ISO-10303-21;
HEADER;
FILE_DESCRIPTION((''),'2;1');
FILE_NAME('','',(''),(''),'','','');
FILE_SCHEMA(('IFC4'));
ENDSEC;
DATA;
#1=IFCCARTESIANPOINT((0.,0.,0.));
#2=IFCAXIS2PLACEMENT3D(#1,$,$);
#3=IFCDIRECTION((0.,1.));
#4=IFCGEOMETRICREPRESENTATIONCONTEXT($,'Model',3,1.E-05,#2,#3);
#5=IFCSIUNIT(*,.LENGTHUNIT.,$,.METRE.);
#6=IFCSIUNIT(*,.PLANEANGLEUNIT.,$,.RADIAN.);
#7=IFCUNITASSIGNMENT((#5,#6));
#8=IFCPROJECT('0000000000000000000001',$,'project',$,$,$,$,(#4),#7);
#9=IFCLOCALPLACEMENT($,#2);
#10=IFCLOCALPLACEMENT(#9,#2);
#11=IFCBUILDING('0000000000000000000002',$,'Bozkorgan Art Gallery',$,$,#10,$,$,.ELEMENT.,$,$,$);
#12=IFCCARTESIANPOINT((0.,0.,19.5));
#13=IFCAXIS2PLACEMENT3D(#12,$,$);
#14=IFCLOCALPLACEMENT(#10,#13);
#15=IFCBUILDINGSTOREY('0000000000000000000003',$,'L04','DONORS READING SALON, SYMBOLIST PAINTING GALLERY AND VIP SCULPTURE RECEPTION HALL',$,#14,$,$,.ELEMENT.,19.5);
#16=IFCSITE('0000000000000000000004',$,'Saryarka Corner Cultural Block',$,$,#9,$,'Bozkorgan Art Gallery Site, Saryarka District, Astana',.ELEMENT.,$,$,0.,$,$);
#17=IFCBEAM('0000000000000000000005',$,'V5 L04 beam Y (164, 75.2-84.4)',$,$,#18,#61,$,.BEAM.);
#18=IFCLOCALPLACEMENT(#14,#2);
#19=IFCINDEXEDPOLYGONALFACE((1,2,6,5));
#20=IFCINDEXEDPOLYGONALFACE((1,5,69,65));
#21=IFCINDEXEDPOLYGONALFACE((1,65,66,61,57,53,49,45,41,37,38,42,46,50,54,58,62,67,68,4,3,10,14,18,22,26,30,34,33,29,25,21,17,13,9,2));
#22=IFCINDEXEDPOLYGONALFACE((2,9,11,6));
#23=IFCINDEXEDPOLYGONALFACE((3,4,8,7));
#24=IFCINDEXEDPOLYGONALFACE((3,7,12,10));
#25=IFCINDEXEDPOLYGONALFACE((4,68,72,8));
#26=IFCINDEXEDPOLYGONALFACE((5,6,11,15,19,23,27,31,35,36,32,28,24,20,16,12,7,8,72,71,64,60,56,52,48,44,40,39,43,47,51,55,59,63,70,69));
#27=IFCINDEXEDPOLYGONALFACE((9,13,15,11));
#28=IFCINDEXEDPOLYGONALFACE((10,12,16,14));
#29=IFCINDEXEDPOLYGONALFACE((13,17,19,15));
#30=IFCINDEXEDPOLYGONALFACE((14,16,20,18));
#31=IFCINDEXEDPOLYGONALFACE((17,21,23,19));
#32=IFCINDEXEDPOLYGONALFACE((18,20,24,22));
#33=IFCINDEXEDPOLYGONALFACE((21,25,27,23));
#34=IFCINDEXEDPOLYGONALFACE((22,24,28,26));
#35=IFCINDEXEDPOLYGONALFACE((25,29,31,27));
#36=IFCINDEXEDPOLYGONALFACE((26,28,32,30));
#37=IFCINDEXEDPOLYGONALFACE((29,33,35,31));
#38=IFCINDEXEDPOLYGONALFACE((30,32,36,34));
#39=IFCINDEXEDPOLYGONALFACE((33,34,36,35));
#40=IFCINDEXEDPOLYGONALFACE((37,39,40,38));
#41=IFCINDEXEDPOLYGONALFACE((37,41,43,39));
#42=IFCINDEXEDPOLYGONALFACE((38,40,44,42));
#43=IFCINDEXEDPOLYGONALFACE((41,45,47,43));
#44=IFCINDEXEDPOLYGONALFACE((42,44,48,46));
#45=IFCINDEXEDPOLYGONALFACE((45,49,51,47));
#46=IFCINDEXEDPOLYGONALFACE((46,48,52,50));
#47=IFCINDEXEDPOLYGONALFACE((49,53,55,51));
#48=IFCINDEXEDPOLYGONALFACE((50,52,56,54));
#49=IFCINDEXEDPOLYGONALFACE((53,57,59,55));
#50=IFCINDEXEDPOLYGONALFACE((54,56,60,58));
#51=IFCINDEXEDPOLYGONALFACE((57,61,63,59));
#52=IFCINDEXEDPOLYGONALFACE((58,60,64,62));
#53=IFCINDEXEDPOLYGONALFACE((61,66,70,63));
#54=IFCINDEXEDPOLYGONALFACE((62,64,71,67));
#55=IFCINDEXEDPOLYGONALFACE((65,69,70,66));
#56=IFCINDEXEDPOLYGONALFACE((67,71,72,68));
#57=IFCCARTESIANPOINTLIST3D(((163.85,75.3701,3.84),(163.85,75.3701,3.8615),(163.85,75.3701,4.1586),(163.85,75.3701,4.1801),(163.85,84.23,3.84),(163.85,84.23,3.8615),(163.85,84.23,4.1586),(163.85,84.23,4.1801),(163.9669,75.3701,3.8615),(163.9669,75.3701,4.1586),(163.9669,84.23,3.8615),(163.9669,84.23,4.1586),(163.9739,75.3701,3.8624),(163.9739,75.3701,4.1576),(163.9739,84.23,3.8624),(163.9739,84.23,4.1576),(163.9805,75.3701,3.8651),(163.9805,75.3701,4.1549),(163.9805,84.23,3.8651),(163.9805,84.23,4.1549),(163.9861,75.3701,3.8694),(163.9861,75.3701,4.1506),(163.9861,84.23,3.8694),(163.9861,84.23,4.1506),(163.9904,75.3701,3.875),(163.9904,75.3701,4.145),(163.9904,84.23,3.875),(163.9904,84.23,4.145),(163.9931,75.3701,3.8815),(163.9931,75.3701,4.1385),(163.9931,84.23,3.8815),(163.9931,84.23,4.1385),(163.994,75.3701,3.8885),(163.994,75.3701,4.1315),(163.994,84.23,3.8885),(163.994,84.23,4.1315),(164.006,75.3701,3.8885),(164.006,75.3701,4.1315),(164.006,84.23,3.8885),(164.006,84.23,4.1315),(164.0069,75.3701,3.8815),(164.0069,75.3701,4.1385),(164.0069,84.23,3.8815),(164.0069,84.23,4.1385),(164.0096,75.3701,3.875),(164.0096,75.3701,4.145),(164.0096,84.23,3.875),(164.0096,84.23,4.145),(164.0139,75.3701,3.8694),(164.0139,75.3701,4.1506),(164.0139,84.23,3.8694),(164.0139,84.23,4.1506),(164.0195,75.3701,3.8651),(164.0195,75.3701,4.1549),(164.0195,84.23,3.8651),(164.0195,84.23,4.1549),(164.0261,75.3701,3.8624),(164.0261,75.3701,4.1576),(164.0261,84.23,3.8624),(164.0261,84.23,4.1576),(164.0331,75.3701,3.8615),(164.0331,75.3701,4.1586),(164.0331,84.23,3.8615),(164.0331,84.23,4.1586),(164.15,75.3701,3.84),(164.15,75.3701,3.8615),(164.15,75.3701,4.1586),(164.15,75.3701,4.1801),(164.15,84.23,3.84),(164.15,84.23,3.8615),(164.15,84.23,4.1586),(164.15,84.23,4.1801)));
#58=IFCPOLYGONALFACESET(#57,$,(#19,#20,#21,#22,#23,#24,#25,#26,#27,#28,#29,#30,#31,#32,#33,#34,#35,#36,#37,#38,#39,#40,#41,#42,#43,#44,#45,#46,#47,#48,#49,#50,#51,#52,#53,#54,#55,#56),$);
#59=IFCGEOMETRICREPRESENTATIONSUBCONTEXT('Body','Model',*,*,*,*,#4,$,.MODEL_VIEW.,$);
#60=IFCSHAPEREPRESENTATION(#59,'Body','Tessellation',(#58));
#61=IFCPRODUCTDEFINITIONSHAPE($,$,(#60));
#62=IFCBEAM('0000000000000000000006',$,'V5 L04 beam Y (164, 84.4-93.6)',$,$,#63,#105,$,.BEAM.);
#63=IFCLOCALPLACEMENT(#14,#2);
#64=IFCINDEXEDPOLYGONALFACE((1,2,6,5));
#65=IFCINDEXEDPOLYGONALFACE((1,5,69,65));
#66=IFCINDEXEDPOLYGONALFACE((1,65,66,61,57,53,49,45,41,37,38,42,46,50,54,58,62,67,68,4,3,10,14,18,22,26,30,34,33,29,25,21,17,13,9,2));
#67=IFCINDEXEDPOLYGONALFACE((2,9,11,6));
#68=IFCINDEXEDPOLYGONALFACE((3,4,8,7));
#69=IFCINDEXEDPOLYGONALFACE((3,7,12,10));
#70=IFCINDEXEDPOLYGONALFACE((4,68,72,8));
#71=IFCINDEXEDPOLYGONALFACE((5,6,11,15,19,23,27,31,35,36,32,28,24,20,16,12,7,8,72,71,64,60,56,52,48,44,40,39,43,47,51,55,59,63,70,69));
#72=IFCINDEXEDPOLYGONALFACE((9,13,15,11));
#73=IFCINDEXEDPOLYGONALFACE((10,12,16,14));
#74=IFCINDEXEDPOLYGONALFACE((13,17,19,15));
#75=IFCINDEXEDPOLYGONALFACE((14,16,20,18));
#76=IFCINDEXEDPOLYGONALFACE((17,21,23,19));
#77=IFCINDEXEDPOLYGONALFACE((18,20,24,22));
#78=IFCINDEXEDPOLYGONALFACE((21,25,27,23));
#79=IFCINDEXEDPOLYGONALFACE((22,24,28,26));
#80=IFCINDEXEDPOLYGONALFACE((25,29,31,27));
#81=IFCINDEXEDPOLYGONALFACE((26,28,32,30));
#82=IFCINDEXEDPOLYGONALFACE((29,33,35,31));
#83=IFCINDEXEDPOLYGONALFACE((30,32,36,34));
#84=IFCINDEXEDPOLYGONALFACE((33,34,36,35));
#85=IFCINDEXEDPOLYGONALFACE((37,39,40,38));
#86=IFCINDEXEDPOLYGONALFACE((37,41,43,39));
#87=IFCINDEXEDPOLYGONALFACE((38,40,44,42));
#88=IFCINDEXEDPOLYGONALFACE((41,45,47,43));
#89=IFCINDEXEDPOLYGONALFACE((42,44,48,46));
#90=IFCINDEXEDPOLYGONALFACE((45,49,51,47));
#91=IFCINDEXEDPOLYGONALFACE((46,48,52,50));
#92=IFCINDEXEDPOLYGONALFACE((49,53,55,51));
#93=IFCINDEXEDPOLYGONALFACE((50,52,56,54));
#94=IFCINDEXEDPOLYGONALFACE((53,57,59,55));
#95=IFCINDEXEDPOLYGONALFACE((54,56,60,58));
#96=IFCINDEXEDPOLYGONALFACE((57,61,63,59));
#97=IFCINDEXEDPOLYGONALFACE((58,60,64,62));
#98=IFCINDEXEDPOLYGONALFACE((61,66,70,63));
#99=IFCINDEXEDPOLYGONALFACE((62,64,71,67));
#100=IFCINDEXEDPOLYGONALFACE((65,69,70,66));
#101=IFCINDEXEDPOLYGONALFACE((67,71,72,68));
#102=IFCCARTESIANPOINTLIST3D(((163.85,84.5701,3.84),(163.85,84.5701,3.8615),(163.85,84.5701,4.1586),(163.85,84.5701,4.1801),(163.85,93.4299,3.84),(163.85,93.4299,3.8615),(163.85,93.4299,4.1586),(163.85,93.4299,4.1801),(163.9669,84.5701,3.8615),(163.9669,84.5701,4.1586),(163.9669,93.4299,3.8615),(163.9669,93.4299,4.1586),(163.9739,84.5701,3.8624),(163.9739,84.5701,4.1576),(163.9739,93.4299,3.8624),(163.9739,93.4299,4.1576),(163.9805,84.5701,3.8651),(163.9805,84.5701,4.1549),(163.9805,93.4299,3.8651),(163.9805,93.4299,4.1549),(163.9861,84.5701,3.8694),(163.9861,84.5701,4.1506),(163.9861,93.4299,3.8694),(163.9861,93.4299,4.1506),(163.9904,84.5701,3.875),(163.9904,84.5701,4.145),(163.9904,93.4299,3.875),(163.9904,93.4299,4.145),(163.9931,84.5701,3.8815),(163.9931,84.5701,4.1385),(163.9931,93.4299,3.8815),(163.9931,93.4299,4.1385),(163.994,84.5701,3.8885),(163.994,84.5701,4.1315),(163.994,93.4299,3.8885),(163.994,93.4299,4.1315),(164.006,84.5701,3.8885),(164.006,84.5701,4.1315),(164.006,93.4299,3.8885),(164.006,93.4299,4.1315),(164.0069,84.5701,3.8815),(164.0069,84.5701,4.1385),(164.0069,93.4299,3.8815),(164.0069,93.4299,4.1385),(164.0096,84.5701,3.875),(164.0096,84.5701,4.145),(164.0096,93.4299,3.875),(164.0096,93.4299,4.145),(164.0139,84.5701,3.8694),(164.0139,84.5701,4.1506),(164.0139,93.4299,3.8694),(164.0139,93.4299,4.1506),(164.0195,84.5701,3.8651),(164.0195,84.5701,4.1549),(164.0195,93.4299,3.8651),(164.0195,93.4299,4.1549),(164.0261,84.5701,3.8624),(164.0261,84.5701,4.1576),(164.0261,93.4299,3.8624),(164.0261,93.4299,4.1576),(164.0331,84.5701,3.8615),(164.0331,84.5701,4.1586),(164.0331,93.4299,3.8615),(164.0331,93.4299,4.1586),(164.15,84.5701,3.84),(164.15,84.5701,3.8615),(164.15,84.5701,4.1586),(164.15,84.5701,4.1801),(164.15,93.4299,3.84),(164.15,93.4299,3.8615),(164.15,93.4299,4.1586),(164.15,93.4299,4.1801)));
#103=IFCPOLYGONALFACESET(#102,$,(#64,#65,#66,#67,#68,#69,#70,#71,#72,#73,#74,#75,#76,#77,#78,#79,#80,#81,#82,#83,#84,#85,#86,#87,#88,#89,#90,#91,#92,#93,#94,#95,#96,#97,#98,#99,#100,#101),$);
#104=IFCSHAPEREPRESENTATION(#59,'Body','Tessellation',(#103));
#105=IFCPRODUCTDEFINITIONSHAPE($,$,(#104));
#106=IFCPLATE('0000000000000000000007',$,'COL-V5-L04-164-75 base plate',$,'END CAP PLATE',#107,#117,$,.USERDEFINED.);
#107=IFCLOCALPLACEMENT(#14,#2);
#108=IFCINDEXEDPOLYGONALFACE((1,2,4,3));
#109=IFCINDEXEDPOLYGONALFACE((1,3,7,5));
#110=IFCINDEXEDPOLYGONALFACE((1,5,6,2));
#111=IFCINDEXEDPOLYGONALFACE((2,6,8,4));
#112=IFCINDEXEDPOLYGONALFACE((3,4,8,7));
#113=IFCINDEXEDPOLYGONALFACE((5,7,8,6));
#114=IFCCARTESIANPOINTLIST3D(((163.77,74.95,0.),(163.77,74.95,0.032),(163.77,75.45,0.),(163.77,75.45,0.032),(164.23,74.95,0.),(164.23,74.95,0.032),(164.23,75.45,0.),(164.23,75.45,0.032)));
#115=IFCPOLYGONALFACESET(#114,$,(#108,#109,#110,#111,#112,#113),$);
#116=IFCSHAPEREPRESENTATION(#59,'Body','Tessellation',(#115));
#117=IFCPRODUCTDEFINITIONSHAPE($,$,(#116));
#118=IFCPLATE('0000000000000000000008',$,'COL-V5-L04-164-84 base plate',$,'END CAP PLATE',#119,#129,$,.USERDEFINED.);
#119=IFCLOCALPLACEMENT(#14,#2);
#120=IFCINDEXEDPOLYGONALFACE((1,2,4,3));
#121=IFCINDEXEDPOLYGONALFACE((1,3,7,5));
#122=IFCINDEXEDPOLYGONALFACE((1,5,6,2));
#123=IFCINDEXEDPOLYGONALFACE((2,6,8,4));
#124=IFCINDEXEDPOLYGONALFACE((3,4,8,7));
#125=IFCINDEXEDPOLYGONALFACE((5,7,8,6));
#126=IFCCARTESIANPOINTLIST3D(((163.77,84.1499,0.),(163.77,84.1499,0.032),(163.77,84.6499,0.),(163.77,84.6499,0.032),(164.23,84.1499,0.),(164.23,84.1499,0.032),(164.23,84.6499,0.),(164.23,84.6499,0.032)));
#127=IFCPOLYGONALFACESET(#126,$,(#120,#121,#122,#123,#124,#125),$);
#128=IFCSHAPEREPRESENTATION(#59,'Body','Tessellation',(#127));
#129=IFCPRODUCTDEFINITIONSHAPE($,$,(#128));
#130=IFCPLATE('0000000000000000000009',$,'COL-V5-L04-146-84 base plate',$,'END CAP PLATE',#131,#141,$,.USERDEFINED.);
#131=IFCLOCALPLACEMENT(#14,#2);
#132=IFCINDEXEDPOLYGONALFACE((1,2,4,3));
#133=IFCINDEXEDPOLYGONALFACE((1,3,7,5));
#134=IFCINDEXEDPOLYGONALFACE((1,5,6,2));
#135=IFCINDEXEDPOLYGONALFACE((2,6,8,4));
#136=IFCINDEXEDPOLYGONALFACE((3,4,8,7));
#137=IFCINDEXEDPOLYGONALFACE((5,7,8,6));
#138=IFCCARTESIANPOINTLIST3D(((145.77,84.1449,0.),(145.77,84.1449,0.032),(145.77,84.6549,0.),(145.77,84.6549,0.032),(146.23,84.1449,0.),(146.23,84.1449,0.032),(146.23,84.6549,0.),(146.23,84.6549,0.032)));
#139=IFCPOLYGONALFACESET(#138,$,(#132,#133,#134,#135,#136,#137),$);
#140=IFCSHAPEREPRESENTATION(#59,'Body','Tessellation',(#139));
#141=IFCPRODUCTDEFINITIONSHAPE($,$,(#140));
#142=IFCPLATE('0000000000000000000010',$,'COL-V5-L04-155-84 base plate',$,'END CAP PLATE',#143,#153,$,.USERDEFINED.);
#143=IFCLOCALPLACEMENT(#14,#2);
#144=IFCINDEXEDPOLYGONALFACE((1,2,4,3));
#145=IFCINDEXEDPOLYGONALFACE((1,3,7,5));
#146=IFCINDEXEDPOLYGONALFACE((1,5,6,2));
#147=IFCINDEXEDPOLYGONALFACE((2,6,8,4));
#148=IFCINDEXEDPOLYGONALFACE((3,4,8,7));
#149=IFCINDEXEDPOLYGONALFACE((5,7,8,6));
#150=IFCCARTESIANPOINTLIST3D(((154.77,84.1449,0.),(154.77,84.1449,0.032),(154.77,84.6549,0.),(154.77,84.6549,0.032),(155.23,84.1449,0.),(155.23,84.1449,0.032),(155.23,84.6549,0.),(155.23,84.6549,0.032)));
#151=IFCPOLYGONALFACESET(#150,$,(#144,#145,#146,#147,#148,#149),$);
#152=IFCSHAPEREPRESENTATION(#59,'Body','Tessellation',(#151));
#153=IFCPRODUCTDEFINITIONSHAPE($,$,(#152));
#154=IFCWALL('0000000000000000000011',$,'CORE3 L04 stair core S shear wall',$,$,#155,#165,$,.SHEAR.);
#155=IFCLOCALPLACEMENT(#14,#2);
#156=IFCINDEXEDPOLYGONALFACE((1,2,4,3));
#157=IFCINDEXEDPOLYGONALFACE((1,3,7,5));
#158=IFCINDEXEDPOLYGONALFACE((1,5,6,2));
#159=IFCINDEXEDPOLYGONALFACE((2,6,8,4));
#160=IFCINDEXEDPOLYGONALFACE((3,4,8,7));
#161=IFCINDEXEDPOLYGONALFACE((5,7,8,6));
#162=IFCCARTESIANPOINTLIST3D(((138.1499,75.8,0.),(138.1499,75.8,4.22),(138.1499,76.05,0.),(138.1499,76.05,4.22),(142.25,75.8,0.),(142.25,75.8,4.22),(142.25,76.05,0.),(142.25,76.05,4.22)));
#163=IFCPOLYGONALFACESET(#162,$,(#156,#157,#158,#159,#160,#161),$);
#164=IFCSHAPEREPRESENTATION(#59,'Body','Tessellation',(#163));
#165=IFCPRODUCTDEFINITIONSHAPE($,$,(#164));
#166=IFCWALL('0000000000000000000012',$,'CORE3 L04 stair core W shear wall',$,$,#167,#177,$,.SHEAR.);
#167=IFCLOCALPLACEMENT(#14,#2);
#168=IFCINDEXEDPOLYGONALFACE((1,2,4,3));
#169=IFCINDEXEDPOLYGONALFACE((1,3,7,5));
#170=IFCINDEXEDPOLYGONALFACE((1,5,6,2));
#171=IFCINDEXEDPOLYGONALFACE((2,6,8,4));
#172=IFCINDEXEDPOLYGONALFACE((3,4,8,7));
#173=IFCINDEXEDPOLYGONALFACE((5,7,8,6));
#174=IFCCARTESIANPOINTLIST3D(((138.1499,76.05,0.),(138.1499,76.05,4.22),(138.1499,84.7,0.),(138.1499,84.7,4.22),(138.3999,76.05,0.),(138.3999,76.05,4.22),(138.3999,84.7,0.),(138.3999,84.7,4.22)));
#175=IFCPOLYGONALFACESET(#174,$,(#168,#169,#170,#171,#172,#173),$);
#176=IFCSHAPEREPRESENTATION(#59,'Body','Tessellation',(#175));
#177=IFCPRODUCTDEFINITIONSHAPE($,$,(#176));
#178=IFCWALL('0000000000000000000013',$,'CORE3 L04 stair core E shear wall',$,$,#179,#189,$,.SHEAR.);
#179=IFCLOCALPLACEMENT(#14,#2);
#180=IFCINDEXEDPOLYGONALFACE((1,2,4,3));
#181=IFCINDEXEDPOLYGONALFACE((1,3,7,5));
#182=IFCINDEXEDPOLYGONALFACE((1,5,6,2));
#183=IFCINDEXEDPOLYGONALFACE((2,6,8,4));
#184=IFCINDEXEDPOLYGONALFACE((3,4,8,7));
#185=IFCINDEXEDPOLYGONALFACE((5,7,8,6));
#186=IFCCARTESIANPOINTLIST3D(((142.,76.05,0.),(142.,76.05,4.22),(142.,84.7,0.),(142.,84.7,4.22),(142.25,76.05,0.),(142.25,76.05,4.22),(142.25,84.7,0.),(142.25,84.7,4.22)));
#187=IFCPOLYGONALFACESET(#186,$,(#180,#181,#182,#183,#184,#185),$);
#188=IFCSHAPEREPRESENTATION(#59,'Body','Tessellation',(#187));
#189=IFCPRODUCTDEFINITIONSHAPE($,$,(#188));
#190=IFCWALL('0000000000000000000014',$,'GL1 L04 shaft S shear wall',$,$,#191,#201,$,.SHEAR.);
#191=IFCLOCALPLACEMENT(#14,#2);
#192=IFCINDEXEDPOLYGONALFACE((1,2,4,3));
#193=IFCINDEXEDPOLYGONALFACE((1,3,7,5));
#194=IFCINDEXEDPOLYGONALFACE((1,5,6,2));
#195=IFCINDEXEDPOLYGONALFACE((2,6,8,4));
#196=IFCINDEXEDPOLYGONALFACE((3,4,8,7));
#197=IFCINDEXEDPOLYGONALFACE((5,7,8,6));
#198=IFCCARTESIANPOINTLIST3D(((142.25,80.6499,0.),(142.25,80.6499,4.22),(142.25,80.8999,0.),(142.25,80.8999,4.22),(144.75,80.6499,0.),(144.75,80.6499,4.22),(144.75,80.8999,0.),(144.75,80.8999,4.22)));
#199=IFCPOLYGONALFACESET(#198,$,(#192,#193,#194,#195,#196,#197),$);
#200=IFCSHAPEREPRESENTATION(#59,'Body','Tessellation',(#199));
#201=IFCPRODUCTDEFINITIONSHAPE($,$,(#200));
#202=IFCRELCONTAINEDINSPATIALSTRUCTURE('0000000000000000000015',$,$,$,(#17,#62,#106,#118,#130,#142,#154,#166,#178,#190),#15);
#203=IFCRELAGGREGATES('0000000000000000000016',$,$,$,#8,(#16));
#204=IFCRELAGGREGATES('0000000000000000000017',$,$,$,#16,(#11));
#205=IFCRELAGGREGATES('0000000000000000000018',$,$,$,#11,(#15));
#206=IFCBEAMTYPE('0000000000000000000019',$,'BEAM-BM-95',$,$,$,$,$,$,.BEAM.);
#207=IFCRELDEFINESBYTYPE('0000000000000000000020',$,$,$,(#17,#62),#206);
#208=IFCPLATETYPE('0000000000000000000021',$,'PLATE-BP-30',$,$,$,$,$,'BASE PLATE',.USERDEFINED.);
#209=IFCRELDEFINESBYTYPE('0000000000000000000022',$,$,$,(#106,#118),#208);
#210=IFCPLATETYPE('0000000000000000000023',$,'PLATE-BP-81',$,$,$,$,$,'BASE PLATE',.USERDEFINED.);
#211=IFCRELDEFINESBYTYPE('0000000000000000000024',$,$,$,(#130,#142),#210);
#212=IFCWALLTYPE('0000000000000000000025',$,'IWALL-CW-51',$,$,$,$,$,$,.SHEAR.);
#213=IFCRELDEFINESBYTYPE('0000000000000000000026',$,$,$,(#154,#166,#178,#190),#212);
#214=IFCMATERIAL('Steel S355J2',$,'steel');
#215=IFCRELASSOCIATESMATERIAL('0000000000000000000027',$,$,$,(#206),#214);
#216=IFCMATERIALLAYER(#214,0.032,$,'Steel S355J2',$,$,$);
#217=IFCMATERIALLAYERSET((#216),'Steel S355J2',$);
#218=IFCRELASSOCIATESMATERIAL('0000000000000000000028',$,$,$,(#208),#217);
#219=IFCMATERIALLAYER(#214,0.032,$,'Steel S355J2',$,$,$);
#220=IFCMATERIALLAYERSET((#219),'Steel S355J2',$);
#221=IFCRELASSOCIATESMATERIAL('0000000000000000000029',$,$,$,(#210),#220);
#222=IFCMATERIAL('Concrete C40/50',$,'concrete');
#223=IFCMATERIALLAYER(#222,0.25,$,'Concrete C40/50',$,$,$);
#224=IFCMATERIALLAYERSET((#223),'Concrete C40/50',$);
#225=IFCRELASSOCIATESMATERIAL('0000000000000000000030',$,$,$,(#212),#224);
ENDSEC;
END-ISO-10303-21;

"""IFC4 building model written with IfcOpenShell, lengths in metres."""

from ifc_helpers import new_model, si_unit, direction, frame, frame_2d, origin, origin_2d, place, context, subcontext, project, spatial, rectangle, i_section, extrude, material, layer, layer_set, material_profile, profile_set, type_object, element, save


model = new_model("IFC4")

# Units and contexts
model_context = context("Model", 3, precision=1e-05, world=origin(), true_north=direction((0.0, 1.0)))
body_context = subcontext(model_context, "Body", "Model", "MODEL_VIEW")
ifc_project = project(units=[si_unit("LENGTHUNIT", "METRE"), si_unit("PLANEANGLEUNIT", "RADIAN")], contexts=[model_context])

# Site, building, storey
site_placement = place(None, origin())
site = spatial("IfcSite", under=ifc_project, at=site_placement, Name="Saryarka Corner Cultural Block", LongName="Bozkorgan Art Gallery Site, Saryarka District, Astana", CompositionType="ELEMENT", RefElevation=0.0)
building_placement = place(site_placement, origin())
building = spatial("IfcBuilding", under=site, at=building_placement, Name="Bozkorgan Art Gallery", CompositionType="ELEMENT")
storey_placement = place(building_placement, frame((0.0, 0.0, 19.5)))
storey = spatial("IfcBuildingStorey", under=building, at=storey_placement, Name="L04", Description="DONORS READING SALON, SYMBOLIST PAINTING GALLERY AND VIP SCULPTURE RECEPTION HALL", CompositionType="ELEMENT", Elevation=19.5)

# Shared definitions
ifc_material_1 = material(Name="Steel S355J2", Category="steel")

# Beams
ifc_material_profile_1 = material_profile(ifc_material_1, i_section(OverallWidth=0.3, OverallDepth=0.3401, WebThickness=0.012, FlangeThickness=0.0215, FilletRadius=0.0271, at=origin_2d()), Name="HEB 340")
ifc_profile_set_1 = profile_set([ifc_material_profile_1], Name="Steel S355J2")
beam_type = type_object("IfcBeamType", Name="BEAM-BM-95", PredefinedType="BEAM", material=ifc_profile_set_1)
for number, where, z_axis, x_axis, name in (
    (1, (164.0, 75.3701, 4.01), (0.0, 1.0, 0.0), (-1.0, 0.0, 0.0), "V5 L04 beam Y (164, 75.2-84.4)"),
    (2, (164.0, 84.5701, 4.01), (0.0, 1.0, 0.0), (-1.0, 0.0, 0.0), "V5 L04 beam Y (164, 84.4-93.6)"),
):
    element("IfcBeam", number, at=place(storey_placement, frame(where, z_axis=z_axis, x_axis=x_axis)), inside=storey, type_object=beam_type, Name=name, PredefinedType="BEAM", context=body_context, shape_type="SweptSolid", body=[
        extrude(i_section(OverallWidth=0.3, OverallDepth=0.3401, WebThickness=0.012, FlangeThickness=0.0215, FilletRadius=0.0271, at=origin_2d()), origin(), (0.0, 0.0, 1.0), 8.8599),
    ])

# Plates
ifc_layer_1 = layer(ifc_material_1, 0.032, Name="Steel S355J2")
ifc_layer_set_1 = layer_set([ifc_layer_1], Name="Steel S355J2")
plate_type_1 = type_object("IfcPlateType", Name="PLATE-BP-30", ElementType="BASE PLATE", PredefinedType="USERDEFINED", material=ifc_layer_set_1)
for number, where, z_axis, x_axis, name in (
    (3, (164.0, 75.2, 0.0), (0.0, 0.0, 1.0), (1.0, 0.0, 0.0), "COL-V5-L04-164-75 base plate"),
    (4, (164.0, 84.3999, 0.0), (0.0, 0.0, 1.0), (1.0, 0.0, 0.0), "COL-V5-L04-164-84 base plate"),
):
    element("IfcPlate", number, at=place(storey_placement, frame(where, z_axis=z_axis, x_axis=x_axis)), inside=storey, type_object=plate_type_1, Name=name, ObjectType="END CAP PLATE", PredefinedType="USERDEFINED", context=body_context, shape_type="SweptSolid", body=[
        extrude(rectangle(XDim=0.46, YDim=0.5, at=origin_2d()), origin(), (0.0, 0.0, 1.0), 0.032),
    ])
ifc_layer_2 = layer(ifc_material_1, 0.032, Name="Steel S355J2")
ifc_layer_set_2 = layer_set([ifc_layer_2], Name="Steel S355J2")
plate_type_2 = type_object("IfcPlateType", Name="PLATE-BP-81", ElementType="BASE PLATE", PredefinedType="USERDEFINED", material=ifc_layer_set_2)
for number, where, z_axis, x_axis, name in (
    (5, (146.0, 84.3999, 0.0), (0.0, 0.0, 1.0), (1.0, 0.0, 0.0), "COL-V5-L04-146-84 base plate"),
    (6, (155.0, 84.3999, 0.0), (0.0, 0.0, 1.0), (1.0, 0.0, 0.0), "COL-V5-L04-155-84 base plate"),
):
    element("IfcPlate", number, at=place(storey_placement, frame(where, z_axis=z_axis, x_axis=x_axis)), inside=storey, type_object=plate_type_2, Name=name, ObjectType="END CAP PLATE", PredefinedType="USERDEFINED", context=body_context, shape_type="SweptSolid", body=[
        extrude(rectangle(XDim=0.46, YDim=0.51, at=origin_2d()), origin(), (0.0, 0.0, 1.0), 0.032),
    ])

# Walls
ifc_material_2 = material(Name="Concrete C40/50", Category="concrete")
ifc_layer_3 = layer(ifc_material_2, 0.25, Name="Concrete C40/50")
ifc_layer_set_3 = layer_set([ifc_layer_3], Name="Concrete C40/50")
wall_type_1 = type_object("IfcWallType", Name="IWALL-CW-51", PredefinedType="SHEAR", material=ifc_layer_set_3)
wall_1_placement = place(storey_placement, frame((138.1499, 75.925, 0.0), z_axis=(0.0, 0.0, 1.0), x_axis=(1.0, 0.0, 0.0)))
element("IfcWall", 7, at=wall_1_placement, inside=storey, type_object=wall_type_1, Name="CORE3 L04 stair core S shear wall", PredefinedType="SHEAR", context=body_context, shape_type="SweptSolid", body=[
    extrude(rectangle(XDim=4.1001, YDim=0.25, at=frame_2d((2.05, 0.0))), origin(), (0.0, 0.0, 1.0), 4.22),
])
for number, where, z_axis, x_axis, name in (
    (8, (138.2749, 76.05, 0.0), (0.0, 0.0, 1.0), (0.0, 1.0, 0.0), "CORE3 L04 stair core W shear wall"),
    (9, (142.125, 76.05, 0.0), (0.0, 0.0, 1.0), (0.0, 1.0, 0.0), "CORE3 L04 stair core E shear wall"),
):
    element("IfcWall", number, at=place(storey_placement, frame(where, z_axis=z_axis, x_axis=x_axis)), inside=storey, type_object=wall_type_1, Name=name, PredefinedType="SHEAR", context=body_context, shape_type="SweptSolid", body=[
        extrude(rectangle(XDim=8.6499, YDim=0.25, at=frame_2d((4.325, 0.0))), origin(), (0.0, 0.0, 1.0), 4.22),
    ])
wall_2_placement = place(storey_placement, frame((142.25, 80.7749, 0.0), z_axis=(0.0, 0.0, 1.0), x_axis=(1.0, 0.0, 0.0)))
element("IfcWall", 10, at=wall_2_placement, inside=storey, type_object=wall_type_1, Name="GL1 L04 shaft S shear wall", PredefinedType="SHEAR", context=body_context, shape_type="SweptSolid", body=[
    extrude(rectangle(XDim=2.5, YDim=0.25, at=frame_2d((1.25, 0.0))), origin(), (0.0, 0.0, 1.0), 4.22),
])

save(model, "model.ifc")
